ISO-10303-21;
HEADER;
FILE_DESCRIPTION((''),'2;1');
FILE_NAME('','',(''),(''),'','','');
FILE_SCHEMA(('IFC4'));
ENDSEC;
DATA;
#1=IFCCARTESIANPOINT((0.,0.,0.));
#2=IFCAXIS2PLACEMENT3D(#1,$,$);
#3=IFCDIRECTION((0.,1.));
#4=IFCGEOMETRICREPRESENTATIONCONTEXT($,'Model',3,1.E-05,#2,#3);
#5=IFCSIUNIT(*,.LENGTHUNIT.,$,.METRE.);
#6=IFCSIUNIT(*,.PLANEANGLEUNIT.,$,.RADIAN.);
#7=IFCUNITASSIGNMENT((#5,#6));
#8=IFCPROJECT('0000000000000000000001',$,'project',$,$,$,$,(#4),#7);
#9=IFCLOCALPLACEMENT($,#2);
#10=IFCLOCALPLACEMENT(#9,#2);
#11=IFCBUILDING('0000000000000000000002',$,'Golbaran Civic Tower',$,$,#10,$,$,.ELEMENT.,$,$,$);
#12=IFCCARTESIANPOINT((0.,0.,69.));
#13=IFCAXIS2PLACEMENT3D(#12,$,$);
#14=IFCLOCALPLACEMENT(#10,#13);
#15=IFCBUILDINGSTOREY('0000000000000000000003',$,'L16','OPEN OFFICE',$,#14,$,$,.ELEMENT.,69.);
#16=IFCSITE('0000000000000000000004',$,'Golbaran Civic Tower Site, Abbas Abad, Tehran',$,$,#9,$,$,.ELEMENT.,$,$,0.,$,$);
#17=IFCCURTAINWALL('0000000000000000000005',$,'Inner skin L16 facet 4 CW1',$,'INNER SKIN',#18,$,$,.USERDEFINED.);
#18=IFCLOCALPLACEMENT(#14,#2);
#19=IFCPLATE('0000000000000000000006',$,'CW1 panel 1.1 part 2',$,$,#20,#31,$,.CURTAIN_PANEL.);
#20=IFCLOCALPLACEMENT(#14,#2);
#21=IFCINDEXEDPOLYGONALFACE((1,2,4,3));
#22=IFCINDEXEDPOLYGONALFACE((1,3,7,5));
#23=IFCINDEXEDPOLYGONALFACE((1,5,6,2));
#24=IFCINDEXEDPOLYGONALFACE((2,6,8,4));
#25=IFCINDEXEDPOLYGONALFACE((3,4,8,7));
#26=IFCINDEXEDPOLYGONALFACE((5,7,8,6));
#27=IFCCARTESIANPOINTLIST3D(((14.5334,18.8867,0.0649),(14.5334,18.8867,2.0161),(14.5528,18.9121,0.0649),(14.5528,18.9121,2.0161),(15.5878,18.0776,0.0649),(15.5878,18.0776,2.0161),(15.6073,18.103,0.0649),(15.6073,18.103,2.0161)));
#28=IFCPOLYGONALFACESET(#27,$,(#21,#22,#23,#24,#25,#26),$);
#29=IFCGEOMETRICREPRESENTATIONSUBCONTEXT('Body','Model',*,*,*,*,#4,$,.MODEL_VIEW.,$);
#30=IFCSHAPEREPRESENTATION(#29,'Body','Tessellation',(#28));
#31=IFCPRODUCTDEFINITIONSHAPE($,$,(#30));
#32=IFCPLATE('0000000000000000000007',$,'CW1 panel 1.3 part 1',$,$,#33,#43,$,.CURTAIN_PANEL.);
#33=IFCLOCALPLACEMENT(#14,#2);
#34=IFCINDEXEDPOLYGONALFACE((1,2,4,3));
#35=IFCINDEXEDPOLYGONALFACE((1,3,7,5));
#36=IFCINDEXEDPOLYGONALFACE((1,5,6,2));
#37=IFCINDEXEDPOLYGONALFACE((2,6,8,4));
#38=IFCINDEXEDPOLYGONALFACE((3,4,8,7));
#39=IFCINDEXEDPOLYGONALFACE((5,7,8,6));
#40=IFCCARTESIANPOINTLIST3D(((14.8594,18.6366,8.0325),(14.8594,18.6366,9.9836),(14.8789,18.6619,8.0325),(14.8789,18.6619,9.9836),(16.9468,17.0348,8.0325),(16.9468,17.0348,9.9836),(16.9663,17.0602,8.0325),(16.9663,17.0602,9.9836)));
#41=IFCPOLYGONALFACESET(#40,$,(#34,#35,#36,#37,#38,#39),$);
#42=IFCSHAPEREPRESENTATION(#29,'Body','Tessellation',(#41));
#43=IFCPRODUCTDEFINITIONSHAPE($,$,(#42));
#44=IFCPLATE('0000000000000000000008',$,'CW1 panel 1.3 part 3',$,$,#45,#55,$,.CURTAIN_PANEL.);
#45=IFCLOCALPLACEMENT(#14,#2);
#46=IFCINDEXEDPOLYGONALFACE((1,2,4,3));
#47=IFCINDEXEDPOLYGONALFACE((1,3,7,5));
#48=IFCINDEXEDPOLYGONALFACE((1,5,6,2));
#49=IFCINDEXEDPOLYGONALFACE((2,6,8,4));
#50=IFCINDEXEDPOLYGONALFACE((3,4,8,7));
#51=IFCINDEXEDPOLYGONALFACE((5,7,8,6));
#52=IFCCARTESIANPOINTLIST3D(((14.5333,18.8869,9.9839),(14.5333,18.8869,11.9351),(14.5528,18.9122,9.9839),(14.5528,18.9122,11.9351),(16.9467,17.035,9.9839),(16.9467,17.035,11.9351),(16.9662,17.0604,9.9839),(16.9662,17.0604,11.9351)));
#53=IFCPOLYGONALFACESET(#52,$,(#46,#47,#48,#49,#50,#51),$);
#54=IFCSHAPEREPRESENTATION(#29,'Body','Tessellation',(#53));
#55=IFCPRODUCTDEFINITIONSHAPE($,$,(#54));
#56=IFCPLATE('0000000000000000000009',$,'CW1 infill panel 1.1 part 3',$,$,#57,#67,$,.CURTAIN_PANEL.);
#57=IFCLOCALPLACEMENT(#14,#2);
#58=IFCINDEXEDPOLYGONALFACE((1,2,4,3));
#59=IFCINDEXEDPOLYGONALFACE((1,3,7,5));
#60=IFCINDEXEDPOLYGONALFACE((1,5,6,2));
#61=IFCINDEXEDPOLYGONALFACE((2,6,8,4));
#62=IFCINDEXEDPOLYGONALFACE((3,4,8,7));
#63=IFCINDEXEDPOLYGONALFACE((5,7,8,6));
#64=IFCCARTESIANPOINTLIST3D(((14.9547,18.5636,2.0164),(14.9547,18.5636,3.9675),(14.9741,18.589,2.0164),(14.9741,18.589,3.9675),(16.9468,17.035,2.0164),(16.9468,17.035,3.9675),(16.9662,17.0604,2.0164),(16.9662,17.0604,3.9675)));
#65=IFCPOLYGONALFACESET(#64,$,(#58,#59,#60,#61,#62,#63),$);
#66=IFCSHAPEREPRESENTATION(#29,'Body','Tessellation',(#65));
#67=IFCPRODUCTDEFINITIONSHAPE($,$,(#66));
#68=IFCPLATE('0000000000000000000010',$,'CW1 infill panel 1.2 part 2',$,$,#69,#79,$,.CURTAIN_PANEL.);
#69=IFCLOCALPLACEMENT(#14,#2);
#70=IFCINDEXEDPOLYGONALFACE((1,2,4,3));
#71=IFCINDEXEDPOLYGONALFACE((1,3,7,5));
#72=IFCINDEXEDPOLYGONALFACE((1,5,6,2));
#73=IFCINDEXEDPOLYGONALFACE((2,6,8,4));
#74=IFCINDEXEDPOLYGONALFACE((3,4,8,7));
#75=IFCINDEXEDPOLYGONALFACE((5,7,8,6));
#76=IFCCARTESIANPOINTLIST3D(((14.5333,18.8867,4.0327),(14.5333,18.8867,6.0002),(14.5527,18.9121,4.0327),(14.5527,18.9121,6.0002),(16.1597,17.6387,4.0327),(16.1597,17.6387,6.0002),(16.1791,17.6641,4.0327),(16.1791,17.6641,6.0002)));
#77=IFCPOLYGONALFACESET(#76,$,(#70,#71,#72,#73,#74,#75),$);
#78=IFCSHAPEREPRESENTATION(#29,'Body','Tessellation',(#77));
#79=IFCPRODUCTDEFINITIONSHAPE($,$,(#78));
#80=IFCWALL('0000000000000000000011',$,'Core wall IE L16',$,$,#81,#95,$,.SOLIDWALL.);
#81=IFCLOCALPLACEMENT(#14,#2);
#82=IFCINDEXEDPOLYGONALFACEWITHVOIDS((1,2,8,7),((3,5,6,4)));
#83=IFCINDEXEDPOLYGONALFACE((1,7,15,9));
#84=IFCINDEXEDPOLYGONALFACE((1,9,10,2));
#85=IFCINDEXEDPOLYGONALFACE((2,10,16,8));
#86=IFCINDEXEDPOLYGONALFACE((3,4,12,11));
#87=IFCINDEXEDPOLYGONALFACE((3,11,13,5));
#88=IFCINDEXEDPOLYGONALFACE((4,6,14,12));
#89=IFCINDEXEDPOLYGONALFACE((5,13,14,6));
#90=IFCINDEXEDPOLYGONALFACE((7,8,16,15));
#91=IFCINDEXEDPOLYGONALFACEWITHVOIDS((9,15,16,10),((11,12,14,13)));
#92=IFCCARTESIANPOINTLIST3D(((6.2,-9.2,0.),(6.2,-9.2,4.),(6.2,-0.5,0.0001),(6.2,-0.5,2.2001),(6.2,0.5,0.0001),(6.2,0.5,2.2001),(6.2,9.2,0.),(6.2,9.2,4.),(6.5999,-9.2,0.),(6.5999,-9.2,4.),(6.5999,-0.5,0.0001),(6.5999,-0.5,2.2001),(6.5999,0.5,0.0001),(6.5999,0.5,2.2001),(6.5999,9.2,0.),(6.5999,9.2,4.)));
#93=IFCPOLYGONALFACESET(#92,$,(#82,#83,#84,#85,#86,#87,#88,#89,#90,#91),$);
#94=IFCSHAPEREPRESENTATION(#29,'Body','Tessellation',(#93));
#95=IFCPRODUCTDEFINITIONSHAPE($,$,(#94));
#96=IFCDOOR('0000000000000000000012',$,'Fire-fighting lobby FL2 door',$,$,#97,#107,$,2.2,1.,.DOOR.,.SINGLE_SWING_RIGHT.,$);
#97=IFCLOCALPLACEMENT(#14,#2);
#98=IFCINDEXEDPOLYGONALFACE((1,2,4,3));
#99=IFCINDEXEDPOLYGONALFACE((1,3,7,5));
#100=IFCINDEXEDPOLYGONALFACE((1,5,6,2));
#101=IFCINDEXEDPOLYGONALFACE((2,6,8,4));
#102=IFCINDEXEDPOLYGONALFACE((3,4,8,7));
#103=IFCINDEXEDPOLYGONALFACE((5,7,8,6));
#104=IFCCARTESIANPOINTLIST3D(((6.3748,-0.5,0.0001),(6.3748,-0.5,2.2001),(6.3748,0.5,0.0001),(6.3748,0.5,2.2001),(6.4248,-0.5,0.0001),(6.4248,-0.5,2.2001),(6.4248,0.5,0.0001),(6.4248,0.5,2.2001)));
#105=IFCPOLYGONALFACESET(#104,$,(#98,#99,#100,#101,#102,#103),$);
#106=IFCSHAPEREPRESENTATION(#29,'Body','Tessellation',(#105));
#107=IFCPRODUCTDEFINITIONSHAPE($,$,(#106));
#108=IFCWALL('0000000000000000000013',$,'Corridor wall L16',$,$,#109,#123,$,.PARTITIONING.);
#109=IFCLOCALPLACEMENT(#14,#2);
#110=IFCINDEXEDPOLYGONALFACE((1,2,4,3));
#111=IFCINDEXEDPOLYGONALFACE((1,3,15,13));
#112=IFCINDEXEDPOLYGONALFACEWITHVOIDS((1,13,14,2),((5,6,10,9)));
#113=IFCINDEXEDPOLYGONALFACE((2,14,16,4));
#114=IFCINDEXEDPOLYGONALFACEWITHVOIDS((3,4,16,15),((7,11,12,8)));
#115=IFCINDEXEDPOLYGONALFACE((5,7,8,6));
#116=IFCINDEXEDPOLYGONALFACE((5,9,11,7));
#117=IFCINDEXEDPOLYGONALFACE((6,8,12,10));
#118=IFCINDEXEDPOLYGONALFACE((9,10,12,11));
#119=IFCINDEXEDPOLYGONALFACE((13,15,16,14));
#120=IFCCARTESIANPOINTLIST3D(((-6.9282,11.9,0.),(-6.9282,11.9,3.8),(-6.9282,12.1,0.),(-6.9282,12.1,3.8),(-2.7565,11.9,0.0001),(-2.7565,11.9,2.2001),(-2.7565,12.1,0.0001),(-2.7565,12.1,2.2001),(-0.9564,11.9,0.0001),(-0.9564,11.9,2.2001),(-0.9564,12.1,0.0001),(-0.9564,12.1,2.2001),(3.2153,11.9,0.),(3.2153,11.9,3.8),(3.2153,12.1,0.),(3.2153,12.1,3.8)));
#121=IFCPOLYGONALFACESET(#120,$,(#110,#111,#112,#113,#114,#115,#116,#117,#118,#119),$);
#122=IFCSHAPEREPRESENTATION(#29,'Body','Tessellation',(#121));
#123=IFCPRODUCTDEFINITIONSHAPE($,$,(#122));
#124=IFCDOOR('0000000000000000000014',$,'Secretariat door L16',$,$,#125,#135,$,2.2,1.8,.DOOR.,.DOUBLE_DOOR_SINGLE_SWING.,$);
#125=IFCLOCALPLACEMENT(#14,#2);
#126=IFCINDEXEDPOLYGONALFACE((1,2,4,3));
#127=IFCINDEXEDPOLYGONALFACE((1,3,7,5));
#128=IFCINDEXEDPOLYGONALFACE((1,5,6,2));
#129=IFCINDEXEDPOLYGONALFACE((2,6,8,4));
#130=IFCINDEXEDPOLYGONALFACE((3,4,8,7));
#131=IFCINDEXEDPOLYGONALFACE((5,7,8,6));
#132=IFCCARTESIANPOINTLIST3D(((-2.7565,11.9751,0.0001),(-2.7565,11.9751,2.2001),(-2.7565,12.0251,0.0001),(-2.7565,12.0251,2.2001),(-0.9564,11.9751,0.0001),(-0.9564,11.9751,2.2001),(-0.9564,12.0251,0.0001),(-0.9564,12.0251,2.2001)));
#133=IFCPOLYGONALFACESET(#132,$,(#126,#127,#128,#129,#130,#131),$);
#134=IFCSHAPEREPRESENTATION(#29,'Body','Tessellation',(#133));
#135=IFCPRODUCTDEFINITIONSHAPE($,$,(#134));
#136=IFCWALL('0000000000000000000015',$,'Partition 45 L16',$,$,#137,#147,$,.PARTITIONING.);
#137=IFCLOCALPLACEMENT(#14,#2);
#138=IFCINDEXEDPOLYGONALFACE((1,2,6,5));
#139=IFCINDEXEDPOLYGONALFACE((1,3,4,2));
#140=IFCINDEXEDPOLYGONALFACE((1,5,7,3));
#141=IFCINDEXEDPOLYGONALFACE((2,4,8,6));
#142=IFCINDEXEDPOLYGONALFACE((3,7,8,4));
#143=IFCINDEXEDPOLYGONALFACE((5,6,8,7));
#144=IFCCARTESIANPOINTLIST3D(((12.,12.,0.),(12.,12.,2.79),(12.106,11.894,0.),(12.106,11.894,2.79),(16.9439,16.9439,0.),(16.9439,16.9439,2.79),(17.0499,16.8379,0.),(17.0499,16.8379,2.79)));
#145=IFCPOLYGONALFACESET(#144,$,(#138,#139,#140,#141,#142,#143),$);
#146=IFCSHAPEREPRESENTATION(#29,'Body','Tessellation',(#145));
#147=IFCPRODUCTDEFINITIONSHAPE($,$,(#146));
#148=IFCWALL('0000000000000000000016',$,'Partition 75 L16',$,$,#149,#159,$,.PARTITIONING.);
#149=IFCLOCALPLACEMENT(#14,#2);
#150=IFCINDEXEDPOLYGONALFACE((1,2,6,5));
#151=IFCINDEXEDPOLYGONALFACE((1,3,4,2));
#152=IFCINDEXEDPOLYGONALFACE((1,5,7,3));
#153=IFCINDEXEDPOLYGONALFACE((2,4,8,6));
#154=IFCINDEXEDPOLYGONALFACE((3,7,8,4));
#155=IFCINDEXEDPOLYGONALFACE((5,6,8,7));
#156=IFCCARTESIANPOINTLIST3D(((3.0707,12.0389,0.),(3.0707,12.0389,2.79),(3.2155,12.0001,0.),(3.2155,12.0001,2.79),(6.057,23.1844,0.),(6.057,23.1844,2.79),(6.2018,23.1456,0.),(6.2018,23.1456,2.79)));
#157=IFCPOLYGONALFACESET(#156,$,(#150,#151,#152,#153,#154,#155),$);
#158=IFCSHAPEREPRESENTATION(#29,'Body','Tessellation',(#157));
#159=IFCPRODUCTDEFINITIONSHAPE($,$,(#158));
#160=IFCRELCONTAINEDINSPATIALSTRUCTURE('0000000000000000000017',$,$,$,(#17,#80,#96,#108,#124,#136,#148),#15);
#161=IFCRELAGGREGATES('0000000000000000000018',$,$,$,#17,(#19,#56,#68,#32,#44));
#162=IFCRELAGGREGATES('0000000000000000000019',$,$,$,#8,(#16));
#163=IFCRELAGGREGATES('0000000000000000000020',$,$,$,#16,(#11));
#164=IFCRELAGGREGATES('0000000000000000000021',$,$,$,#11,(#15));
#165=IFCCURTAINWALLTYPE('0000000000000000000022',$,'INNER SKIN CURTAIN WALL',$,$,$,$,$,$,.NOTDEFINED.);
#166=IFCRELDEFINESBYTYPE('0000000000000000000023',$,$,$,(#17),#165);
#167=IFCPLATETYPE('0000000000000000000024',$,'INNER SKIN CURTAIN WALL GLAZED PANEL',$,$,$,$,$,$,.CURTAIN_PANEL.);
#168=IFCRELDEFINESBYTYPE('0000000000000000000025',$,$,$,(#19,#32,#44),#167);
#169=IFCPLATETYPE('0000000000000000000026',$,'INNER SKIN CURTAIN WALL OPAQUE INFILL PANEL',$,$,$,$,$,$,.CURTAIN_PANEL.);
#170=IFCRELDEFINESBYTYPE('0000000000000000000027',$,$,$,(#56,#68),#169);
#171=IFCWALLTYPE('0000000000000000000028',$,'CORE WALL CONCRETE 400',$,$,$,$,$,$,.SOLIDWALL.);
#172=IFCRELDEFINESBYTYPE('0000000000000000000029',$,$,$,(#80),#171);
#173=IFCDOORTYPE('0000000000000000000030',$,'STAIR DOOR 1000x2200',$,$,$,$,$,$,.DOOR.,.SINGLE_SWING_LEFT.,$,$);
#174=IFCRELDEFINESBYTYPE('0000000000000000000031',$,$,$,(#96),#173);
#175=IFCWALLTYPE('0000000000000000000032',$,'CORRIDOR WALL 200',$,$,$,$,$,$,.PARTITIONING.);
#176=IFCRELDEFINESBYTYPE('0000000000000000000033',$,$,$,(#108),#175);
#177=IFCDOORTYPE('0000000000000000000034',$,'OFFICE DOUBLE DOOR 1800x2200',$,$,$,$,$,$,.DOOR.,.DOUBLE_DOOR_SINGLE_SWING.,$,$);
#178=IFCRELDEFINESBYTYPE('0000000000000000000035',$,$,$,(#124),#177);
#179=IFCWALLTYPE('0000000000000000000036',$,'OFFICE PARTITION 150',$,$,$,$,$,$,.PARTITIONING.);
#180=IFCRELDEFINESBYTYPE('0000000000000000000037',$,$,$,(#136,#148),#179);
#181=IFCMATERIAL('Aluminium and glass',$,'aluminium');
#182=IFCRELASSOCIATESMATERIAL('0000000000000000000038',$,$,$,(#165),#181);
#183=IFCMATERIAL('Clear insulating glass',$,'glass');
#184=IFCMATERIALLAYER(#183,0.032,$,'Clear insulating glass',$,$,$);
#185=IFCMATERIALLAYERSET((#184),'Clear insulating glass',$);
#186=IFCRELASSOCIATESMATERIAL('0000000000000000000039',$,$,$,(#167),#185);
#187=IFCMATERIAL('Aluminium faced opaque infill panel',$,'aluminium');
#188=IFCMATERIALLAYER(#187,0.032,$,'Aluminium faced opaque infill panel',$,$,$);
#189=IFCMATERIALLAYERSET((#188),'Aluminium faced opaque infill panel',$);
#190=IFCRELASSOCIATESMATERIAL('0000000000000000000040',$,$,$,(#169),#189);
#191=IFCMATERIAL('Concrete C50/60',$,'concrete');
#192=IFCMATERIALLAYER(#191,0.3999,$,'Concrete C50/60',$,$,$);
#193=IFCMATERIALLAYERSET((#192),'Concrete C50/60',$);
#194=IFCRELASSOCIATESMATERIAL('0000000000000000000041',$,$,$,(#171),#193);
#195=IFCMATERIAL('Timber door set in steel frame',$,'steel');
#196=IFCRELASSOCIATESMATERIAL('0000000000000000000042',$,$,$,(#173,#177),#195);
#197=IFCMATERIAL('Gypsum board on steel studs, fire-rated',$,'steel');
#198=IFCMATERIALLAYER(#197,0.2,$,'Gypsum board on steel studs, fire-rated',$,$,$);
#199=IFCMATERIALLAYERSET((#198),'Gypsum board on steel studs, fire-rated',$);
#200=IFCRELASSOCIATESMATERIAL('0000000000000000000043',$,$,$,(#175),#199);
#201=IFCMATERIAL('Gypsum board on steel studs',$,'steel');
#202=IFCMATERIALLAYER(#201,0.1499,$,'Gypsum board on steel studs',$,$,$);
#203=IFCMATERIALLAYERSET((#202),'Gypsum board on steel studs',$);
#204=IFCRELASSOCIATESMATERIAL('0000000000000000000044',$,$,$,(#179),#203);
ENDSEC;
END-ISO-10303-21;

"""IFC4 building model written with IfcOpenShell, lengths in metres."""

from ifc_helpers import new_model, si_unit, direction, frame, frame_2d, origin, origin_2d, place, context, subcontext, project, spatial, rectangle, extrude, material, layer, layer_set, type_object, element, fill, aggregate, save


model = new_model("IFC4")

# Units and contexts
model_context = context("Model", 3, precision=1e-05, world=origin(), true_north=direction((0.0, 1.0)))
body_context = subcontext(model_context, "Body", "Model", "MODEL_VIEW")
ifc_project = project(units=[si_unit("LENGTHUNIT", "METRE"), si_unit("PLANEANGLEUNIT", "RADIAN")], contexts=[model_context])

# Site, building, storey
site_placement = place(None, origin())
site = spatial("IfcSite", under=ifc_project, at=site_placement, Name="Golbaran Civic Tower Site, Abbas Abad, Tehran", CompositionType="ELEMENT", RefElevation=0.0)
building_placement = place(site_placement, origin())
building = spatial("IfcBuilding", under=site, at=building_placement, Name="Golbaran Civic Tower", CompositionType="ELEMENT")
storey_placement = place(building_placement, frame((0.0, 0.0, 69.0)))
storey = spatial("IfcBuildingStorey", under=building, at=storey_placement, Name="L16", Description="OPEN OFFICE", CompositionType="ELEMENT", Elevation=69.0)

# Curtain wall, plates
ifc_material_1 = material(Name="Aluminium and glass", Category="aluminium")
curtain_wall_type = type_object("IfcCurtainWallType", Name="INNER SKIN CURTAIN WALL", PredefinedType="NOTDEFINED", material=ifc_material_1)
curtain_wall_placement = place(storey_placement, origin())
curtain_wall = element("IfcCurtainWall", 1, at=curtain_wall_placement, inside=storey, type_object=curtain_wall_type, Name="Inner skin L16 facet 4 CW1", ObjectType="INNER SKIN", PredefinedType="USERDEFINED")
ifc_material_2 = material(Name="Clear insulating glass", Category="glass")
ifc_layer_1 = layer(ifc_material_2, 0.032, Name="Clear insulating glass")
ifc_layer_set_1 = layer_set([ifc_layer_1], Name="Clear insulating glass")
plate_type_1 = type_object("IfcPlateType", Name="INNER SKIN CURTAIN WALL GLAZED PANEL", PredefinedType="CURTAIN_PANEL", material=ifc_layer_set_1)
plate_1_placement = place(storey_placement, frame((15.0703, 18.4949, 0.0649), z_axis=(0.0, 0.0, 1.0), x_axis=(-0.793353, 0.608761, 0.0)))
plate_1 = element("IfcPlate", 2, at=plate_1_placement, type_object=plate_type_1, Name="CW1 panel 1.1 part 2", PredefinedType="CURTAIN_PANEL", context=body_context, shape_type="SweptSolid", body=[
    extrude(rectangle(XDim=1.3291, YDim=0.032, at=origin_2d()), origin(), (0.0, 0.0, 1.0), 1.9512),
])
plate_2_placement = place(storey_placement, frame((15.9128, 17.8484, 8.0325), z_axis=(0.0, 0.0, 1.0), x_axis=(-0.793353, 0.608761, 0.0)))
plate_2 = element("IfcPlate", 3, at=plate_2_placement, type_object=plate_type_1, Name="CW1 panel 1.3 part 1", PredefinedType="CURTAIN_PANEL", context=body_context, shape_type="SweptSolid", body=[
    extrude(rectangle(XDim=2.6311, YDim=0.032, at=origin_2d()), origin(), (0.0, 0.0, 1.0), 1.9512),
])
plate_3_placement = place(storey_placement, frame((15.7498, 17.9736, 9.9839), z_axis=(0.0, 0.0, 1.0), x_axis=(-0.793353, 0.608761, 0.0)))
plate_3 = element("IfcPlate", 4, at=plate_3_placement, type_object=plate_type_1, Name="CW1 panel 1.3 part 3", PredefinedType="CURTAIN_PANEL", context=body_context, shape_type="SweptSolid", body=[
    extrude(rectangle(XDim=3.042, YDim=0.032, at=origin_2d()), origin(), (0.0, 0.0, 1.0), 1.9512),
])
ifc_material_3 = material(Name="Aluminium faced opaque infill panel", Category="aluminium")
ifc_layer_2 = layer(ifc_material_3, 0.032, Name="Aluminium faced opaque infill panel")
ifc_layer_set_2 = layer_set([ifc_layer_2], Name="Aluminium faced opaque infill panel")
plate_type_2 = type_object("IfcPlateType", Name="INNER SKIN CURTAIN WALL OPAQUE INFILL PANEL", PredefinedType="CURTAIN_PANEL", material=ifc_layer_set_2)
plate_4_placement = place(storey_placement, frame((15.9604, 17.812, 2.0164), z_axis=(0.0, 0.0, 1.0), x_axis=(-0.793353, 0.608761, 0.0)))
plate_4 = element("IfcPlate", 5, at=plate_4_placement, type_object=plate_type_2, Name="CW1 infill panel 1.1 part 3", PredefinedType="CURTAIN_PANEL", context=body_context, shape_type="SweptSolid", body=[
    extrude(rectangle(XDim=2.511, YDim=0.032, at=origin_2d()), origin(), (0.0, 0.0, 1.0), 1.9512),
])
plate_5_placement = place(storey_placement, frame((15.3562, 18.2754, 4.0327), z_axis=(0.0, 0.0, 1.0), x_axis=(-0.793353, 0.608761, 0.0)))
plate_5 = element("IfcPlate", 6, at=plate_5_placement, type_object=plate_type_2, Name="CW1 infill panel 1.2 part 2", PredefinedType="CURTAIN_PANEL", context=body_context, shape_type="SweptSolid", body=[
    extrude(rectangle(XDim=2.05, YDim=0.032, at=origin_2d()), origin(), (0.0, 0.0, 1.0), 1.9675),
])
aggregate(curtain_wall, [plate_1, plate_4, plate_5, plate_2, plate_3])

# Walls, openings, doors
ifc_material_4 = material(Name="Concrete C50/60", Category="concrete")
ifc_layer_3 = layer(ifc_material_4, 0.3999, Name="Concrete C50/60")
ifc_layer_set_3 = layer_set([ifc_layer_3], Name="Concrete C50/60")
wall_type_1 = type_object("IfcWallType", Name="CORE WALL CONCRETE 400", PredefinedType="SOLIDWALL", material=ifc_layer_set_3)
wall_1_placement = place(storey_placement, frame((6.3999, 9.2, 0.0), z_axis=(0.0, 0.0, 1.0), x_axis=(0.0, -1.0, 0.0)))
wall_1 = element("IfcWall", 7, at=wall_1_placement, inside=storey, type_object=wall_type_1, Name="Core wall IE L16", PredefinedType="SOLIDWALL", context=body_context, shape_type="SweptSolid", body=[
    extrude(rectangle(XDim=18.3999, YDim=0.3999, at=frame_2d((9.2, 0.0))), origin(), (0.0, 0.0, 1.0), 4.0),
])
opening_1_placement = place(wall_1_placement, frame((8.7, 0.0, 0.0)))
opening_1 = element("IfcOpeningElement", 8, at=opening_1_placement, cuts=wall_1, PredefinedType="OPENING", context=body_context, shape_type="SweptSolid", body=[
    extrude(rectangle(XDim=1.0, YDim=2.2, at=frame_2d((0.5, 1.1001))), frame((0.0, 0.21, 0.0), z_axis=(0.0, -1.0, 0.0), x_axis=(1.0, 0.0, 0.0)), (0.0, 0.0, 1.0), 0.4199),
])
ifc_material_5 = material(Name="Timber door set in steel frame", Category="steel")
door_type_1 = type_object("IfcDoorType", Name="STAIR DOOR 1000x2200", OperationType="SINGLE_SWING_LEFT", PredefinedType="DOOR", material=ifc_material_5)
door_1_placement = place(opening_1_placement, origin())
door_1 = element("IfcDoor", 9, at=door_1_placement, inside=storey, type_object=door_type_1, Name="Fire-fighting lobby FL2 door", OperationType="SINGLE_SWING_RIGHT", OverallHeight=2.2, OverallWidth=1.0, PredefinedType="DOOR", context=body_context, shape_type="SweptSolid", body=[
    extrude(rectangle(XDim=1.0, YDim=2.2, at=frame_2d((0.5, 1.1001))), frame((0.0, 0.0249, 0.0), z_axis=(0.0, -1.0, 0.0), x_axis=(1.0, 0.0, 0.0)), (0.0, 0.0, 1.0), 0.05),
])
fill(opening_1, door_1)
ifc_material_6 = material(Name="Gypsum board on steel studs, fire-rated", Category="steel")
ifc_layer_4 = layer(ifc_material_6, 0.2, Name="Gypsum board on steel studs, fire-rated")
ifc_layer_set_4 = layer_set([ifc_layer_4], Name="Gypsum board on steel studs, fire-rated")
wall_type_2 = type_object("IfcWallType", Name="CORRIDOR WALL 200", PredefinedType="PARTITIONING", material=ifc_layer_set_4)
wall_2_placement = place(storey_placement, frame((3.2153, 12.0, 0.0), z_axis=(0.0, 0.0, 1.0), x_axis=(-1.0, 0.0, 0.0)))
wall_2 = element("IfcWall", 10, at=wall_2_placement, inside=storey, type_object=wall_type_2, Name="Corridor wall L16", PredefinedType="PARTITIONING", context=body_context, shape_type="SweptSolid", body=[
    extrude(rectangle(XDim=10.1436, YDim=0.2, at=frame_2d((5.0718, 0.0))), origin(), (0.0, 0.0, 1.0), 3.8),
])
opening_2_placement = place(wall_2_placement, frame((4.1719, 0.0, 0.0)))
opening_2 = element("IfcOpeningElement", 11, at=opening_2_placement, cuts=wall_2, PredefinedType="OPENING", context=body_context, shape_type="SweptSolid", body=[
    extrude(rectangle(XDim=1.8, YDim=2.2, at=frame_2d((0.8999, 1.1001))), frame((0.0, 0.1099, 0.0), z_axis=(0.0, -1.0, 0.0), x_axis=(1.0, 0.0, 0.0)), (0.0, 0.0, 1.0), 0.22),
])
door_type_2 = type_object("IfcDoorType", Name="OFFICE DOUBLE DOOR 1800x2200", OperationType="DOUBLE_DOOR_SINGLE_SWING", PredefinedType="DOOR", material=ifc_material_5)
door_2_placement = place(opening_2_placement, origin())
door_2 = element("IfcDoor", 12, at=door_2_placement, inside=storey, type_object=door_type_2, Name="Secretariat door L16", OperationType="DOUBLE_DOOR_SINGLE_SWING", OverallHeight=2.2, OverallWidth=1.8, PredefinedType="DOOR", context=body_context, shape_type="SweptSolid", body=[
    extrude(rectangle(XDim=1.8, YDim=2.2, at=frame_2d((0.8999, 1.1001))), frame((0.0, 0.0249, 0.0), z_axis=(0.0, -1.0, 0.0), x_axis=(1.0, 0.0, 0.0)), (0.0, 0.0, 1.0), 0.05),
])
fill(opening_2, door_2)

# Walls
ifc_material_7 = material(Name="Gypsum board on steel studs", Category="steel")
ifc_layer_5 = layer(ifc_material_7, 0.1499, Name="Gypsum board on steel studs")
ifc_layer_set_5 = layer_set([ifc_layer_5], Name="Gypsum board on steel studs")
wall_type_3 = type_object("IfcWallType", Name="OFFICE PARTITION 150", PredefinedType="PARTITIONING", material=ifc_layer_set_5)
wall_3_placement = place(storey_placement, frame((12.053, 11.947, 0.0), z_axis=(0.0, 0.0, 1.0), x_axis=(0.707107, 0.707107, 0.0)))
element("IfcWall", 13, at=wall_3_placement, inside=storey, type_object=wall_type_3, Name="Partition 45 L16", PredefinedType="PARTITIONING", context=body_context, shape_type="SweptSolid", body=[
    extrude(rectangle(XDim=6.9917, YDim=0.1499, at=frame_2d((3.4958, 0.0))), origin(), (0.0, 0.0, 1.0), 2.79),
])
wall_4_placement = place(storey_placement, frame((3.1431, 12.0195, 0.0), z_axis=(0.0, 0.0, 1.0), x_axis=(0.258811, 0.965928, 0.0)))
element("IfcWall", 14, at=wall_4_placement, inside=storey, type_object=wall_type_3, Name="Partition 75 L16", PredefinedType="PARTITIONING", context=body_context, shape_type="SweptSolid", body=[
    extrude(rectangle(XDim=11.5386, YDim=0.1499, at=frame_2d((5.7693, 0.0))), origin(), (0.0, 0.0, 1.0), 2.79),
])

save(model, "model.ifc")
